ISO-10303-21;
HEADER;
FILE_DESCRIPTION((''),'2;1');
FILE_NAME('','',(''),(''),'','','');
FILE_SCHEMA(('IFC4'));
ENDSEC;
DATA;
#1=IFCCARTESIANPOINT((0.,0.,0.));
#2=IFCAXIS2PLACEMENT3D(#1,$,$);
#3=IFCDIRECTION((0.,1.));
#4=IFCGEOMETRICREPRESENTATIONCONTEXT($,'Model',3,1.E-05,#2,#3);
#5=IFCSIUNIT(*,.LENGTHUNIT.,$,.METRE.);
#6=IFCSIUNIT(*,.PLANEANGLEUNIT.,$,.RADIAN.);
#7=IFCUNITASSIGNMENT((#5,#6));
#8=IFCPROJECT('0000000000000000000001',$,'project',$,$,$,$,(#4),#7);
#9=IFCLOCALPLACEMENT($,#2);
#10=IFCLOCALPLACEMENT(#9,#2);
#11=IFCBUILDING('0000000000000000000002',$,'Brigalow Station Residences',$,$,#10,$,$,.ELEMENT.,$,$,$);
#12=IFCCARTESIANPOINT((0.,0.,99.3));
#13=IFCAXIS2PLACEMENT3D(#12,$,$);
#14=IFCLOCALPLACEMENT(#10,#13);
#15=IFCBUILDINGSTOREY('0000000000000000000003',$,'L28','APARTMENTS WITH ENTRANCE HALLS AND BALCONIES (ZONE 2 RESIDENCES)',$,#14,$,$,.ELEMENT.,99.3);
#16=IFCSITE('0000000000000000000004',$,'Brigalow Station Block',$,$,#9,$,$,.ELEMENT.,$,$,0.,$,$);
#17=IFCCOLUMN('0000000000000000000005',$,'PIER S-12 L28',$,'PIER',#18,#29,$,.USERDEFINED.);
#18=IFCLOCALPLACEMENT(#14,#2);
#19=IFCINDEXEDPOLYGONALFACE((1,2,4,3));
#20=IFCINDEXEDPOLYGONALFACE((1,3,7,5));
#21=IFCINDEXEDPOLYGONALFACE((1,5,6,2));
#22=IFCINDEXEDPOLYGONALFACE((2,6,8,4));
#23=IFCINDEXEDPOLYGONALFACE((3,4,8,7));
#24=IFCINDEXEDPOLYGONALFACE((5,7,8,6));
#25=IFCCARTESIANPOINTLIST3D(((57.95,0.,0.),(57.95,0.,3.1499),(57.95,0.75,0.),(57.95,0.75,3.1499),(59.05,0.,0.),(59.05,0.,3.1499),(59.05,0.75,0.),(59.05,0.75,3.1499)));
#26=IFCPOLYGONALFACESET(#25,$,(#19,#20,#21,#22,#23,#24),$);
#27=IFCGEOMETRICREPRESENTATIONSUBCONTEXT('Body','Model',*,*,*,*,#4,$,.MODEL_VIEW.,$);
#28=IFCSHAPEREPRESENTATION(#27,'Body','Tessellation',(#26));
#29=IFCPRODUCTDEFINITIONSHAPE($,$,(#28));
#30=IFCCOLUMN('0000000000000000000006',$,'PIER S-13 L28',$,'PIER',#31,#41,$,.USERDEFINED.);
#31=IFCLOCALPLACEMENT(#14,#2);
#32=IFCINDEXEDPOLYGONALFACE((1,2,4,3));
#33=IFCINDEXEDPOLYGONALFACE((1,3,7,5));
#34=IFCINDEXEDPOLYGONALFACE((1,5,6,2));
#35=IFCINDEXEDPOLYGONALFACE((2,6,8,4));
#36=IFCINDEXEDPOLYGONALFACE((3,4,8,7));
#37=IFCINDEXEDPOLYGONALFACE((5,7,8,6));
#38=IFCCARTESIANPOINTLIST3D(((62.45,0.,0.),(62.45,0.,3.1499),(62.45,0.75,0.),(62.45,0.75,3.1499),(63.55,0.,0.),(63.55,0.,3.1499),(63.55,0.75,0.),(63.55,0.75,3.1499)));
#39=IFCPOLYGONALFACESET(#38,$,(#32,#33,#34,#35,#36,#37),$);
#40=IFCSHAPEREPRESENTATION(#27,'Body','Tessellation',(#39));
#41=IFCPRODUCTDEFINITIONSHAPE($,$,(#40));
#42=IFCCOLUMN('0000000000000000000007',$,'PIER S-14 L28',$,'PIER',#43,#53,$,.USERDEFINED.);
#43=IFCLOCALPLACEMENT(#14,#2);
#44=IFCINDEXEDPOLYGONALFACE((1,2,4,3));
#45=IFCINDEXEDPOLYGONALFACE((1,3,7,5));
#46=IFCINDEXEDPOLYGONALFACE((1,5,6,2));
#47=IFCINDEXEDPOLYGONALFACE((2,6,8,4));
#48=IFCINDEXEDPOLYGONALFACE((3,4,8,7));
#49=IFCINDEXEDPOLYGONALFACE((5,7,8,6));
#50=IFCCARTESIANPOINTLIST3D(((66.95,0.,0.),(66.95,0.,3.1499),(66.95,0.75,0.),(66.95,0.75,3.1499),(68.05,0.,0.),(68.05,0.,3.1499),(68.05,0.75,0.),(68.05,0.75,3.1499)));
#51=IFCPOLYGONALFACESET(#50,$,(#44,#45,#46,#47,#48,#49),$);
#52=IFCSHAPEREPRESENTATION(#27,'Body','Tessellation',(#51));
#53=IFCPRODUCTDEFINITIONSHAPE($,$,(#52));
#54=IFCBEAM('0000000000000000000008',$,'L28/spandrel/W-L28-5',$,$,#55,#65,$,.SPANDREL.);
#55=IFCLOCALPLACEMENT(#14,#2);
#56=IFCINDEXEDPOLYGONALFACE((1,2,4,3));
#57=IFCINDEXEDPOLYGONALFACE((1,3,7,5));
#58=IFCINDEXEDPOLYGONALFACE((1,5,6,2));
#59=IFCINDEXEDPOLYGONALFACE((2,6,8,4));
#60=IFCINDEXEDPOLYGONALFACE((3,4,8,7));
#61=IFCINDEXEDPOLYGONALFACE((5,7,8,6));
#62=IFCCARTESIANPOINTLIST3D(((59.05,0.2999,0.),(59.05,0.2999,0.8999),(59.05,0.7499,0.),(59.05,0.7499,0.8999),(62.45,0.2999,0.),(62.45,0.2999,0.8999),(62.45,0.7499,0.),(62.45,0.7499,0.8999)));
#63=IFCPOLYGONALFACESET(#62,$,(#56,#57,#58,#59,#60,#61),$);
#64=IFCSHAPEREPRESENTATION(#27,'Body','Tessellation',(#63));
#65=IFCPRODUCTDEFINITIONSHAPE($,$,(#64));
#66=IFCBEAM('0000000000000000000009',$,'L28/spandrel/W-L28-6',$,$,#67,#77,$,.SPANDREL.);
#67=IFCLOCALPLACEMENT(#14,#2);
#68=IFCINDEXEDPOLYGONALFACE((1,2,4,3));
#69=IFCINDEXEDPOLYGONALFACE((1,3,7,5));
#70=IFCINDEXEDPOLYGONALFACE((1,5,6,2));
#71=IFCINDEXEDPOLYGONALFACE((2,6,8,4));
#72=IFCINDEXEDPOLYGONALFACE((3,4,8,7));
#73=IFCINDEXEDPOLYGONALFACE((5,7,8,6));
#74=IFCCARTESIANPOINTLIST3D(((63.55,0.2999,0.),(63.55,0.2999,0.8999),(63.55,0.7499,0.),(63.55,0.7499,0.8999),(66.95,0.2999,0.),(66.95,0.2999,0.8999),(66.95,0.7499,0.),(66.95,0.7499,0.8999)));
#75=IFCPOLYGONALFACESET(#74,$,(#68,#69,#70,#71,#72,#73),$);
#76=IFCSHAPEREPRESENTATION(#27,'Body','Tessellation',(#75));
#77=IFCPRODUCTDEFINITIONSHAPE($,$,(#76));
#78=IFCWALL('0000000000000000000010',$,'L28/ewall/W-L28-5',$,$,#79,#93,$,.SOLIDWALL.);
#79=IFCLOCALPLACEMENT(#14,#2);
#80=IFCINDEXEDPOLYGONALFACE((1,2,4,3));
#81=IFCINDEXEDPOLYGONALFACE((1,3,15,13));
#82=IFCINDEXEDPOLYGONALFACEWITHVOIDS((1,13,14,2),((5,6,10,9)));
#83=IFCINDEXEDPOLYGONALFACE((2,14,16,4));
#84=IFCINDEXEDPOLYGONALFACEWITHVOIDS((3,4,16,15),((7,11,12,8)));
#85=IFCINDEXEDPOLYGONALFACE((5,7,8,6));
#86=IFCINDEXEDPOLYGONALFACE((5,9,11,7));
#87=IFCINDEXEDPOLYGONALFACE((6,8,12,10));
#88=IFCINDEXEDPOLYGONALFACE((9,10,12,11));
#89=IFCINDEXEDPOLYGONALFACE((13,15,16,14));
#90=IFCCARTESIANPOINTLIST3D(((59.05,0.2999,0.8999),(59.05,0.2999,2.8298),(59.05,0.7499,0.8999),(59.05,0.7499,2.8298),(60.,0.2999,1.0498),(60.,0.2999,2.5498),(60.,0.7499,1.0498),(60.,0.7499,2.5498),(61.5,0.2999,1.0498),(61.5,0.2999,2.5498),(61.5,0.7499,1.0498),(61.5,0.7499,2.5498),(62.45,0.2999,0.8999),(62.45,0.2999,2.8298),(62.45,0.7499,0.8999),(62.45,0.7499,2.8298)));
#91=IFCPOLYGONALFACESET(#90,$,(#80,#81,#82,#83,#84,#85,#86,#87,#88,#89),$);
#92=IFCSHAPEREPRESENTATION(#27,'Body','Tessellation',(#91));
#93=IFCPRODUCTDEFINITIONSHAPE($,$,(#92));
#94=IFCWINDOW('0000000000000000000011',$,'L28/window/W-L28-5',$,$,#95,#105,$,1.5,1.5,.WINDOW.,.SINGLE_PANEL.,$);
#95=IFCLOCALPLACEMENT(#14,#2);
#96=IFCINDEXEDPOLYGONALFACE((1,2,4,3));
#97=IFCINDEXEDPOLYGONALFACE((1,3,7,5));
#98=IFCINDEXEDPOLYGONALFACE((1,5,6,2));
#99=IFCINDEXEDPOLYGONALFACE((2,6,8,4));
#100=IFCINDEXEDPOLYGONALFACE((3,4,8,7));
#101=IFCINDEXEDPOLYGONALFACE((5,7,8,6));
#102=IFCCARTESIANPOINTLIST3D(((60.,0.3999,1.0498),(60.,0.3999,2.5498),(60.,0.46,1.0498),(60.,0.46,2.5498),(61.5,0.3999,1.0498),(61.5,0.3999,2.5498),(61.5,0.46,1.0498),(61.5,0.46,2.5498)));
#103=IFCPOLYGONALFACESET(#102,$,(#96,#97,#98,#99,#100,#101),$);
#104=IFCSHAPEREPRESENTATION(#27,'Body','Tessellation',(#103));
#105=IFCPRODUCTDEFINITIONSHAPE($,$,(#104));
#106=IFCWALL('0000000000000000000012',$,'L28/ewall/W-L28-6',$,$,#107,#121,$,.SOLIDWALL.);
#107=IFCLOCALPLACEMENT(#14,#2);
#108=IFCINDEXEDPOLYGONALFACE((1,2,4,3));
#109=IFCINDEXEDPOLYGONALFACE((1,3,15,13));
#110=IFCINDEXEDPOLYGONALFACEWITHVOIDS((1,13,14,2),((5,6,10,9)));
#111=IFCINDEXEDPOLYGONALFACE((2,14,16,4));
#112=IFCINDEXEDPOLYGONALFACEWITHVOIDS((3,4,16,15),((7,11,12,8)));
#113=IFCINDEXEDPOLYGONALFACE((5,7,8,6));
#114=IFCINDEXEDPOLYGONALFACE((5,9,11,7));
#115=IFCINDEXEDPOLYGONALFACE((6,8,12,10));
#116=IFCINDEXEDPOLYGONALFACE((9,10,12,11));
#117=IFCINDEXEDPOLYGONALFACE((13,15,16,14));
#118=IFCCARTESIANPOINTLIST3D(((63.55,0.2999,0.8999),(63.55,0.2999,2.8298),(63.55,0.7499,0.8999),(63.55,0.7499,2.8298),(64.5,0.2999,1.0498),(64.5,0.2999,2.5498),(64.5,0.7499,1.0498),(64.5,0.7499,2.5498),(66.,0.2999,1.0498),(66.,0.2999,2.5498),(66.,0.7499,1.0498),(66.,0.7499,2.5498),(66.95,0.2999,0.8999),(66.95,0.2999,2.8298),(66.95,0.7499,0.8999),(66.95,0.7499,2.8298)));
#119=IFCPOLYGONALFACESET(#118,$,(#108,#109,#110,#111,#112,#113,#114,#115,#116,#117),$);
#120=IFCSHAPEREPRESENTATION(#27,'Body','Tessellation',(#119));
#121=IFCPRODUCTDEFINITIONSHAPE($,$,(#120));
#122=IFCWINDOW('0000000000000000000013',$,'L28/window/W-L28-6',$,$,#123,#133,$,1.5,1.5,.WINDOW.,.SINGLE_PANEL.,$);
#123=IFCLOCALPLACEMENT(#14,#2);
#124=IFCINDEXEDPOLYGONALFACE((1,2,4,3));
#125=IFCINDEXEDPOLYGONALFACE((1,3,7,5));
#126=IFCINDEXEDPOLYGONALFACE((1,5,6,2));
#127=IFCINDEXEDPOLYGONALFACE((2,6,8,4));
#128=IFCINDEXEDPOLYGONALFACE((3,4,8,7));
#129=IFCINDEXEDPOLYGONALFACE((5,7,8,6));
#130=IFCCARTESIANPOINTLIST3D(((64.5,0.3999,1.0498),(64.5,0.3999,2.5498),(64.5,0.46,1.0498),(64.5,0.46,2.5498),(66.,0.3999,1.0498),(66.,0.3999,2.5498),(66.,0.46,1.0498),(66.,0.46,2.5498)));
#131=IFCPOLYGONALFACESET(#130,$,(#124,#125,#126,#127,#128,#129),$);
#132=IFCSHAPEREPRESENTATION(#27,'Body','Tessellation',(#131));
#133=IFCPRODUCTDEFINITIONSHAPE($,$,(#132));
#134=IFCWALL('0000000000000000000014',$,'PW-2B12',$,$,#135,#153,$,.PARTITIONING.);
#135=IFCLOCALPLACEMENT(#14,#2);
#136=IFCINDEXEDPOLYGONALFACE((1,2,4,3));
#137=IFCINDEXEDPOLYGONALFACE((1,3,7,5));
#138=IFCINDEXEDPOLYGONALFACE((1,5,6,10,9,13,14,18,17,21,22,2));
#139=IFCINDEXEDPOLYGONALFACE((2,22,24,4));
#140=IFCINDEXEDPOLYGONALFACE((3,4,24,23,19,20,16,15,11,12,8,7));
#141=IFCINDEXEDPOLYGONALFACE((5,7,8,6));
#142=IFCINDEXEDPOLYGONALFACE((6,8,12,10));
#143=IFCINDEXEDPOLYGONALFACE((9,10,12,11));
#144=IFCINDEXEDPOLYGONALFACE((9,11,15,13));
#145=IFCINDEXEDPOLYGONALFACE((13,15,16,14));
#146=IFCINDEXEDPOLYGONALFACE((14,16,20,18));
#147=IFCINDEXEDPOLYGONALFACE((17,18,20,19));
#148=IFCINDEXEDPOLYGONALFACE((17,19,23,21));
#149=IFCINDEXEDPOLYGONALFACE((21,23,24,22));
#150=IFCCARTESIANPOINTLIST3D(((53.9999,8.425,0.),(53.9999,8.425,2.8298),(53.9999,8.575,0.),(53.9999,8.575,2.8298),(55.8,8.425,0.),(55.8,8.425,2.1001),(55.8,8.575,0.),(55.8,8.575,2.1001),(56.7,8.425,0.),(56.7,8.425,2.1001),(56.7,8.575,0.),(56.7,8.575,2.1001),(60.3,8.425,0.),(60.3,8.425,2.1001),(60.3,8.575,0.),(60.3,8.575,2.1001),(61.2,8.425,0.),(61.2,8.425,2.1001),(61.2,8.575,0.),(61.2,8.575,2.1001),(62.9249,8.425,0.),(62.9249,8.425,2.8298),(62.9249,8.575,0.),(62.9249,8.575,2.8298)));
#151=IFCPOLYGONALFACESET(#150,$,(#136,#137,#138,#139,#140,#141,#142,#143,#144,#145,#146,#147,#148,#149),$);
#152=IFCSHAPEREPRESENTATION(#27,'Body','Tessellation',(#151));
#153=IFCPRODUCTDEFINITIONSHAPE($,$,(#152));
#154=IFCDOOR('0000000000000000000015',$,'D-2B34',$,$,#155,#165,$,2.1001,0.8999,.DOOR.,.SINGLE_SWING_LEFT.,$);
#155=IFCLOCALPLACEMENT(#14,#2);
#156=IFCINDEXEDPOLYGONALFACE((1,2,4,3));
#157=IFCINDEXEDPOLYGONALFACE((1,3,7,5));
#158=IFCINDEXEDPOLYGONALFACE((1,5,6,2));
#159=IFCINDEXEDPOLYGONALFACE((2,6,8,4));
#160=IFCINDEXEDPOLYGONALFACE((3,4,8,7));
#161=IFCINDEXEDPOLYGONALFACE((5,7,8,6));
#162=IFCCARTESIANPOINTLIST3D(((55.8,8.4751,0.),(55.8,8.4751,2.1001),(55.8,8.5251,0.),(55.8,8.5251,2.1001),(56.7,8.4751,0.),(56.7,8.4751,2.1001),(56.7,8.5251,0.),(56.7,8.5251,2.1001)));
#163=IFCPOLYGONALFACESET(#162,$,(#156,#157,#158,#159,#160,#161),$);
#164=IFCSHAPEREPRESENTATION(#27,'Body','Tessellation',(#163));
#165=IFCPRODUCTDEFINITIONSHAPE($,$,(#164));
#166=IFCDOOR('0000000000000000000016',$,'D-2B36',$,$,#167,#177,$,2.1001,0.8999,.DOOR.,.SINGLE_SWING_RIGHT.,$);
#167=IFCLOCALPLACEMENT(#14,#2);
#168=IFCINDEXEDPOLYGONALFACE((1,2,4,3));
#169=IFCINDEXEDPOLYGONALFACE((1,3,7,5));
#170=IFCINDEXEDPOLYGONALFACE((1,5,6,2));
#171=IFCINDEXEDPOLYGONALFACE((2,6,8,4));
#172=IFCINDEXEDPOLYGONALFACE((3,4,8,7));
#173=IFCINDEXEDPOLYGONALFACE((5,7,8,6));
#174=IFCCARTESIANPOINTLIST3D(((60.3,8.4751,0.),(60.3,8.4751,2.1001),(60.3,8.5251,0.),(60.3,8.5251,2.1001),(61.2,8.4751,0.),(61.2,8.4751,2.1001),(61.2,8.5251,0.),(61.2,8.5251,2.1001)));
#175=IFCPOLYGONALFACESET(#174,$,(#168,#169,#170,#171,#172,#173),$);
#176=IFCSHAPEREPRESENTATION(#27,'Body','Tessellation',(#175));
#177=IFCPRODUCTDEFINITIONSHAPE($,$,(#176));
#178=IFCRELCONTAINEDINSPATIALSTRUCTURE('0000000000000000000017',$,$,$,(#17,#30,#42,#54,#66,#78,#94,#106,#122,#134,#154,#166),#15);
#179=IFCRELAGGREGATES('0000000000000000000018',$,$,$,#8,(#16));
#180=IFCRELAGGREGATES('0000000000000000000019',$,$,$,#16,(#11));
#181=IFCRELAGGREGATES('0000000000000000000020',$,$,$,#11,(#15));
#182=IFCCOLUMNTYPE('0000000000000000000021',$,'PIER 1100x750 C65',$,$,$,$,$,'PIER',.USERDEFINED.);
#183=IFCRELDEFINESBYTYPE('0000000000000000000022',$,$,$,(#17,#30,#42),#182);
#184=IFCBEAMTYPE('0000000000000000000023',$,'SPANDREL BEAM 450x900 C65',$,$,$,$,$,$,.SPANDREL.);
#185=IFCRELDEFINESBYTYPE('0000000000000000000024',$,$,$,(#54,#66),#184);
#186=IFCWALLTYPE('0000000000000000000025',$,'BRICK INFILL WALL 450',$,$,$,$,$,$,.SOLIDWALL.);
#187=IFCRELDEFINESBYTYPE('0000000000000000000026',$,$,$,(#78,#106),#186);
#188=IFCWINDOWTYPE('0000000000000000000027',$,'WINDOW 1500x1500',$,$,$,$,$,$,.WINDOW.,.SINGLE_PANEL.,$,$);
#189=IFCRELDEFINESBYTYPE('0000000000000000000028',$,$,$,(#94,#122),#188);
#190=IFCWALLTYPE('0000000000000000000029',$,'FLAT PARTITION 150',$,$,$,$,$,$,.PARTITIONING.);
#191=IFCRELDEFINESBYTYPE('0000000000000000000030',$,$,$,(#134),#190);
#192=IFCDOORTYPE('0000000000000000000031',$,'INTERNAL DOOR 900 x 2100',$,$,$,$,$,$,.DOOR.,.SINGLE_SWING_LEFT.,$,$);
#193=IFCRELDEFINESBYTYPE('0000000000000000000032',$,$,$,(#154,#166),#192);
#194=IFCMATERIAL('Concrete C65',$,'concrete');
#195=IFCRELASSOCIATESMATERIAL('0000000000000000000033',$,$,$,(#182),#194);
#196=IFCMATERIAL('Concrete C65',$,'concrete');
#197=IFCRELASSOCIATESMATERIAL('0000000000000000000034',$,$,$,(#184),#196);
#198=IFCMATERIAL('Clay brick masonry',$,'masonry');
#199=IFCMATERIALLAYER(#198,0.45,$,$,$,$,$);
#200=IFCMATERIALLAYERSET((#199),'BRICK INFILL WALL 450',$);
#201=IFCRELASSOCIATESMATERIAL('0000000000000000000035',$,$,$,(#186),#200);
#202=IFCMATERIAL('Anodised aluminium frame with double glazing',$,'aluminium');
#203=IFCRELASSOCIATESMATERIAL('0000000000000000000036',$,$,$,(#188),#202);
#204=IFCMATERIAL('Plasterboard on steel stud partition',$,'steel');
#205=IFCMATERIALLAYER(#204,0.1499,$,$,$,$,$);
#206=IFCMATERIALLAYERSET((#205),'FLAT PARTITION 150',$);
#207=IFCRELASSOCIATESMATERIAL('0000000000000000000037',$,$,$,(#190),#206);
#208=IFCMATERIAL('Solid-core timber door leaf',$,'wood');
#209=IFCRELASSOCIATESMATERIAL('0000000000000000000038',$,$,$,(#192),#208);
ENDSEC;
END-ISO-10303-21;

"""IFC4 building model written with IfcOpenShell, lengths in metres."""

from ifc_helpers import new_model, si_unit, direction, frame, frame_2d, origin, origin_2d, place, context, subcontext, project, spatial, rectangle, extrude, material, layer, layer_set, material_profile, profile_set, type_object, element, fill, save


model = new_model("IFC4")

# Units and contexts
model_context = context("Model", 3, precision=1e-05, world=origin(), true_north=direction((0.0, 1.0)))
body_context = subcontext(model_context, "Body", "Model", "MODEL_VIEW")
ifc_project = project(units=[si_unit("LENGTHUNIT", "METRE"), si_unit("PLANEANGLEUNIT", "RADIAN")], contexts=[model_context])

# Site, building, storey
site_placement = place(None, origin())
site = spatial("IfcSite", under=ifc_project, at=site_placement, Name="Brigalow Station Block", CompositionType="ELEMENT", RefElevation=0.0)
building_placement = place(site_placement, origin())
building = spatial("IfcBuilding", under=site, at=building_placement, Name="Brigalow Station Residences", CompositionType="ELEMENT")
storey_placement = place(building_placement, frame((0.0, 0.0, 99.3)))
storey = spatial("IfcBuildingStorey", under=building, at=storey_placement, Name="L28", Description="APARTMENTS WITH ENTRANCE HALLS AND BALCONIES (ZONE 2 RESIDENCES)", CompositionType="ELEMENT", Elevation=99.3)

# Columns
ifc_material_1 = material(Name="Concrete C65", Category="concrete")
ifc_material_profile_1 = material_profile(ifc_material_1, rectangle(XDim=1.1001, YDim=0.75, at=origin_2d()), Name="RC1100x750")
ifc_profile_set_1 = profile_set([ifc_material_profile_1], Name="Concrete C65")
column_type = type_object("IfcColumnType", Name="PIER 1100x750 C65", ElementType="PIER", PredefinedType="USERDEFINED", material=ifc_profile_set_1)
for number, where, z_axis, x_axis, name in (
    (1, (58.5, 0.375, 0.0), (0.0, 0.0, 1.0), (1.0, 0.0, 0.0), "PIER S-12 L28"),
    (2, (63.0, 0.375, 0.0), (0.0, 0.0, 1.0), (1.0, 0.0, 0.0), "PIER S-13 L28"),
    (3, (67.5, 0.375, 0.0), (0.0, 0.0, 1.0), (1.0, 0.0, 0.0), "PIER S-14 L28"),
):
    element("IfcColumn", number, at=place(storey_placement, frame(where, z_axis=z_axis, x_axis=x_axis)), inside=storey, type_object=column_type, Name=name, ObjectType="PIER", PredefinedType="USERDEFINED", context=body_context, shape_type="SweptSolid", body=[
        extrude(rectangle(XDim=1.1001, YDim=0.75, at=origin_2d()), origin(), (0.0, 0.0, 1.0), 3.1499),
    ])

# Beams
ifc_material_2 = material(Name="Concrete C65", Category="concrete")
ifc_material_profile_2 = material_profile(ifc_material_2, rectangle(XDim=0.45, YDim=0.8999, at=origin_2d()), Name="RC450x900")
ifc_profile_set_2 = profile_set([ifc_material_profile_2], Name="Concrete C65")
beam_type = type_object("IfcBeamType", Name="SPANDREL BEAM 450x900 C65", PredefinedType="SPANDREL", material=ifc_profile_set_2)
for number, where, z_axis, x_axis, name in (
    (4, (59.05, 0.5249, 0.45), (1.0, 0.0, 0.0), (0.0, 1.0, 0.0), "L28/spandrel/W-L28-5"),
    (5, (63.55, 0.5249, 0.45), (1.0, 0.0, 0.0), (0.0, 1.0, 0.0), "L28/spandrel/W-L28-6"),
):
    element("IfcBeam", number, at=place(storey_placement, frame(where, z_axis=z_axis, x_axis=x_axis)), inside=storey, type_object=beam_type, Name=name, PredefinedType="SPANDREL", context=body_context, shape_type="SweptSolid", body=[
        extrude(rectangle(XDim=0.45, YDim=0.8999, at=origin_2d()), origin(), (0.0, 0.0, 1.0), 3.3999),
    ])

# Walls, openings, windows
ifc_material_3 = material(Name="Clay brick masonry", Category="masonry")
ifc_layer_1 = layer(ifc_material_3, 0.45)
ifc_layer_set_1 = layer_set([ifc_layer_1], Name="BRICK INFILL WALL 450")
wall_type_1 = type_object("IfcWallType", Name="BRICK INFILL WALL 450", PredefinedType="SOLIDWALL", material=ifc_layer_set_1)
wall_1_placement = place(storey_placement, frame((59.05, 0.5249, 0.8999), z_axis=(0.0, 0.0, 1.0), x_axis=(1.0, 0.0, 0.0)))
wall_1 = element("IfcWall", 6, at=wall_1_placement, inside=storey, type_object=wall_type_1, Name="L28/ewall/W-L28-5", PredefinedType="SOLIDWALL", context=body_context, shape_type="SweptSolid", body=[
    extrude(rectangle(XDim=3.3999, YDim=0.45, at=frame_2d((1.7, 0.0))), origin(), (0.0, 0.0, 1.0), 1.9299),
])
opening_1_placement = place(wall_1_placement, frame((0.95, 0.0, 0.1499)))
opening_1 = element("IfcOpeningElement", 7, at=opening_1_placement, cuts=wall_1, PredefinedType="OPENING", context=body_context, shape_type="SweptSolid", body=[
    extrude(rectangle(XDim=1.5, YDim=1.5, at=frame_2d((0.75, 0.75))), frame((0.0, 0.2349, 0.0), z_axis=(0.0, -1.0, 0.0), x_axis=(1.0, 0.0, 0.0)), (0.0, 0.0, 1.0), 0.47),
])
ifc_material_4 = material(Name="Anodised aluminium frame with double glazing", Category="aluminium")
window_type = type_object("IfcWindowType", Name="WINDOW 1500x1500", PartitioningType="SINGLE_PANEL", PredefinedType="WINDOW", material=ifc_material_4)
window_1_placement = place(opening_1_placement, origin())
window_1 = element("IfcWindow", 8, at=window_1_placement, inside=storey, type_object=window_type, Name="L28/window/W-L28-5", OverallHeight=1.5, OverallWidth=1.5, PartitioningType="SINGLE_PANEL", PredefinedType="WINDOW", context=body_context, shape_type="SweptSolid", body=[
    extrude(rectangle(XDim=1.5, YDim=1.5, at=frame_2d((0.75, 0.75))), frame((0.0, -0.0649, 0.0), z_axis=(0.0, -1.0, 0.0), x_axis=(1.0, 0.0, 0.0)), (0.0, 0.0, 1.0), 0.0601),
])
fill(opening_1, window_1)
wall_2_placement = place(storey_placement, frame((63.55, 0.5249, 0.8999), z_axis=(0.0, 0.0, 1.0), x_axis=(1.0, 0.0, 0.0)))
wall_2 = element("IfcWall", 9, at=wall_2_placement, inside=storey, type_object=wall_type_1, Name="L28/ewall/W-L28-6", PredefinedType="SOLIDWALL", context=body_context, shape_type="SweptSolid", body=[
    extrude(rectangle(XDim=3.3999, YDim=0.45, at=frame_2d((1.7, 0.0))), origin(), (0.0, 0.0, 1.0), 1.9299),
])
opening_2_placement = place(wall_2_placement, frame((0.95, 0.0, 0.1499)))
opening_2 = element("IfcOpeningElement", 10, at=opening_2_placement, cuts=wall_2, PredefinedType="OPENING", context=body_context, shape_type="SweptSolid", body=[
    extrude(rectangle(XDim=1.5, YDim=1.5, at=frame_2d((0.75, 0.75))), frame((0.0, 0.2349, 0.0), z_axis=(0.0, -1.0, 0.0), x_axis=(1.0, 0.0, 0.0)), (0.0, 0.0, 1.0), 0.47),
])
window_2_placement = place(opening_2_placement, origin())
window_2 = element("IfcWindow", 11, at=window_2_placement, inside=storey, type_object=window_type, Name="L28/window/W-L28-6", OverallHeight=1.5, OverallWidth=1.5, PartitioningType="SINGLE_PANEL", PredefinedType="WINDOW", context=body_context, shape_type="SweptSolid", body=[
    extrude(rectangle(XDim=1.5, YDim=1.5, at=frame_2d((0.75, 0.75))), frame((0.0, -0.0649, 0.0), z_axis=(0.0, -1.0, 0.0), x_axis=(1.0, 0.0, 0.0)), (0.0, 0.0, 1.0), 0.0601),
])
fill(opening_2, window_2)

# Wall, openings, doors
ifc_material_5 = material(Name="Plasterboard on steel stud partition", Category="steel")
ifc_layer_2 = layer(ifc_material_5, 0.1499)
ifc_layer_set_2 = layer_set([ifc_layer_2], Name="FLAT PARTITION 150")
wall_type_2 = type_object("IfcWallType", Name="FLAT PARTITION 150", PredefinedType="PARTITIONING", material=ifc_layer_set_2)
wall_3_placement = place(storey_placement, frame((54.0, 8.5, 0.0), z_axis=(0.0, 0.0, 1.0), x_axis=(1.0, 0.0, 0.0)))
wall_3 = element("IfcWall", 12, at=wall_3_placement, inside=storey, type_object=wall_type_2, Name="PW-2B12", PredefinedType="PARTITIONING", context=body_context, shape_type="SweptSolid", body=[
    extrude(rectangle(XDim=8.925, YDim=0.1499, at=frame_2d((4.4624, 0.0))), origin(), (0.0, 0.0, 1.0), 2.8298),
])
opening_3_placement = place(wall_3_placement, frame((1.8, 0.0, 0.0)))
opening_3 = element("IfcOpeningElement", 13, at=opening_3_placement, cuts=wall_3, PredefinedType="OPENING", context=body_context, shape_type="SweptSolid", body=[
    extrude(rectangle(XDim=0.8999, YDim=2.1001, at=frame_2d((0.45, 1.05))), frame((0.0, 0.085, 0.0), z_axis=(0.0, -1.0, 0.0), x_axis=(1.0, 0.0, 0.0)), (0.0, 0.0, 1.0), 0.1699),
])
opening_4_placement = place(wall_3_placement, frame((6.3, 0.0, 0.0)))
opening_4 = element("IfcOpeningElement", 14, at=opening_4_placement, cuts=wall_3, PredefinedType="OPENING", context=body_context, shape_type="SweptSolid", body=[
    extrude(rectangle(XDim=0.8999, YDim=2.1001, at=frame_2d((0.45, 1.05))), frame((0.0, 0.085, 0.0), z_axis=(0.0, -1.0, 0.0), x_axis=(1.0, 0.0, 0.0)), (0.0, 0.0, 1.0), 0.1699),
])
ifc_material_6 = material(Name="Solid-core timber door leaf", Category="wood")
door_type = type_object("IfcDoorType", Name="INTERNAL DOOR 900 x 2100", OperationType="SINGLE_SWING_LEFT", PredefinedType="DOOR", material=ifc_material_6)
door_1_placement = place(opening_3_placement, frame((0.8999, 0.0, 0.0), z_axis=(0.0, 0.0, 1.0), x_axis=(-1.0, 0.0, 0.0)))
door_1 = element("IfcDoor", 15, at=door_1_placement, inside=storey, type_object=door_type, Name="D-2B34", OperationType="SINGLE_SWING_LEFT", OverallHeight=2.1001, OverallWidth=0.8999, PredefinedType="DOOR", context=body_context, shape_type="SweptSolid", body=[
    extrude(rectangle(XDim=0.8999, YDim=2.1001, at=frame_2d((0.45, 1.05))), frame((0.0, 0.0249, 0.0), z_axis=(0.0, -1.0, 0.0), x_axis=(1.0, 0.0, 0.0)), (0.0, 0.0, 1.0), 0.05),
])
fill(opening_3, door_1)
door_2_placement = place(opening_4_placement, frame((0.8999, 0.0, 0.0), z_axis=(0.0, 0.0, 1.0), x_axis=(-1.0, 0.0, 0.0)))
door_2 = element("IfcDoor", 16, at=door_2_placement, inside=storey, type_object=door_type, Name="D-2B36", OperationType="SINGLE_SWING_RIGHT", OverallHeight=2.1001, OverallWidth=0.8999, PredefinedType="DOOR", context=body_context, shape_type="SweptSolid", body=[
    extrude(rectangle(XDim=0.8999, YDim=2.1001, at=frame_2d((0.45, 1.05))), frame((0.0, 0.0249, 0.0), z_axis=(0.0, -1.0, 0.0), x_axis=(1.0, 0.0, 0.0)), (0.0, 0.0, 1.0), 0.05),
])
fill(opening_4, door_2)

save(model, "model.ifc")
